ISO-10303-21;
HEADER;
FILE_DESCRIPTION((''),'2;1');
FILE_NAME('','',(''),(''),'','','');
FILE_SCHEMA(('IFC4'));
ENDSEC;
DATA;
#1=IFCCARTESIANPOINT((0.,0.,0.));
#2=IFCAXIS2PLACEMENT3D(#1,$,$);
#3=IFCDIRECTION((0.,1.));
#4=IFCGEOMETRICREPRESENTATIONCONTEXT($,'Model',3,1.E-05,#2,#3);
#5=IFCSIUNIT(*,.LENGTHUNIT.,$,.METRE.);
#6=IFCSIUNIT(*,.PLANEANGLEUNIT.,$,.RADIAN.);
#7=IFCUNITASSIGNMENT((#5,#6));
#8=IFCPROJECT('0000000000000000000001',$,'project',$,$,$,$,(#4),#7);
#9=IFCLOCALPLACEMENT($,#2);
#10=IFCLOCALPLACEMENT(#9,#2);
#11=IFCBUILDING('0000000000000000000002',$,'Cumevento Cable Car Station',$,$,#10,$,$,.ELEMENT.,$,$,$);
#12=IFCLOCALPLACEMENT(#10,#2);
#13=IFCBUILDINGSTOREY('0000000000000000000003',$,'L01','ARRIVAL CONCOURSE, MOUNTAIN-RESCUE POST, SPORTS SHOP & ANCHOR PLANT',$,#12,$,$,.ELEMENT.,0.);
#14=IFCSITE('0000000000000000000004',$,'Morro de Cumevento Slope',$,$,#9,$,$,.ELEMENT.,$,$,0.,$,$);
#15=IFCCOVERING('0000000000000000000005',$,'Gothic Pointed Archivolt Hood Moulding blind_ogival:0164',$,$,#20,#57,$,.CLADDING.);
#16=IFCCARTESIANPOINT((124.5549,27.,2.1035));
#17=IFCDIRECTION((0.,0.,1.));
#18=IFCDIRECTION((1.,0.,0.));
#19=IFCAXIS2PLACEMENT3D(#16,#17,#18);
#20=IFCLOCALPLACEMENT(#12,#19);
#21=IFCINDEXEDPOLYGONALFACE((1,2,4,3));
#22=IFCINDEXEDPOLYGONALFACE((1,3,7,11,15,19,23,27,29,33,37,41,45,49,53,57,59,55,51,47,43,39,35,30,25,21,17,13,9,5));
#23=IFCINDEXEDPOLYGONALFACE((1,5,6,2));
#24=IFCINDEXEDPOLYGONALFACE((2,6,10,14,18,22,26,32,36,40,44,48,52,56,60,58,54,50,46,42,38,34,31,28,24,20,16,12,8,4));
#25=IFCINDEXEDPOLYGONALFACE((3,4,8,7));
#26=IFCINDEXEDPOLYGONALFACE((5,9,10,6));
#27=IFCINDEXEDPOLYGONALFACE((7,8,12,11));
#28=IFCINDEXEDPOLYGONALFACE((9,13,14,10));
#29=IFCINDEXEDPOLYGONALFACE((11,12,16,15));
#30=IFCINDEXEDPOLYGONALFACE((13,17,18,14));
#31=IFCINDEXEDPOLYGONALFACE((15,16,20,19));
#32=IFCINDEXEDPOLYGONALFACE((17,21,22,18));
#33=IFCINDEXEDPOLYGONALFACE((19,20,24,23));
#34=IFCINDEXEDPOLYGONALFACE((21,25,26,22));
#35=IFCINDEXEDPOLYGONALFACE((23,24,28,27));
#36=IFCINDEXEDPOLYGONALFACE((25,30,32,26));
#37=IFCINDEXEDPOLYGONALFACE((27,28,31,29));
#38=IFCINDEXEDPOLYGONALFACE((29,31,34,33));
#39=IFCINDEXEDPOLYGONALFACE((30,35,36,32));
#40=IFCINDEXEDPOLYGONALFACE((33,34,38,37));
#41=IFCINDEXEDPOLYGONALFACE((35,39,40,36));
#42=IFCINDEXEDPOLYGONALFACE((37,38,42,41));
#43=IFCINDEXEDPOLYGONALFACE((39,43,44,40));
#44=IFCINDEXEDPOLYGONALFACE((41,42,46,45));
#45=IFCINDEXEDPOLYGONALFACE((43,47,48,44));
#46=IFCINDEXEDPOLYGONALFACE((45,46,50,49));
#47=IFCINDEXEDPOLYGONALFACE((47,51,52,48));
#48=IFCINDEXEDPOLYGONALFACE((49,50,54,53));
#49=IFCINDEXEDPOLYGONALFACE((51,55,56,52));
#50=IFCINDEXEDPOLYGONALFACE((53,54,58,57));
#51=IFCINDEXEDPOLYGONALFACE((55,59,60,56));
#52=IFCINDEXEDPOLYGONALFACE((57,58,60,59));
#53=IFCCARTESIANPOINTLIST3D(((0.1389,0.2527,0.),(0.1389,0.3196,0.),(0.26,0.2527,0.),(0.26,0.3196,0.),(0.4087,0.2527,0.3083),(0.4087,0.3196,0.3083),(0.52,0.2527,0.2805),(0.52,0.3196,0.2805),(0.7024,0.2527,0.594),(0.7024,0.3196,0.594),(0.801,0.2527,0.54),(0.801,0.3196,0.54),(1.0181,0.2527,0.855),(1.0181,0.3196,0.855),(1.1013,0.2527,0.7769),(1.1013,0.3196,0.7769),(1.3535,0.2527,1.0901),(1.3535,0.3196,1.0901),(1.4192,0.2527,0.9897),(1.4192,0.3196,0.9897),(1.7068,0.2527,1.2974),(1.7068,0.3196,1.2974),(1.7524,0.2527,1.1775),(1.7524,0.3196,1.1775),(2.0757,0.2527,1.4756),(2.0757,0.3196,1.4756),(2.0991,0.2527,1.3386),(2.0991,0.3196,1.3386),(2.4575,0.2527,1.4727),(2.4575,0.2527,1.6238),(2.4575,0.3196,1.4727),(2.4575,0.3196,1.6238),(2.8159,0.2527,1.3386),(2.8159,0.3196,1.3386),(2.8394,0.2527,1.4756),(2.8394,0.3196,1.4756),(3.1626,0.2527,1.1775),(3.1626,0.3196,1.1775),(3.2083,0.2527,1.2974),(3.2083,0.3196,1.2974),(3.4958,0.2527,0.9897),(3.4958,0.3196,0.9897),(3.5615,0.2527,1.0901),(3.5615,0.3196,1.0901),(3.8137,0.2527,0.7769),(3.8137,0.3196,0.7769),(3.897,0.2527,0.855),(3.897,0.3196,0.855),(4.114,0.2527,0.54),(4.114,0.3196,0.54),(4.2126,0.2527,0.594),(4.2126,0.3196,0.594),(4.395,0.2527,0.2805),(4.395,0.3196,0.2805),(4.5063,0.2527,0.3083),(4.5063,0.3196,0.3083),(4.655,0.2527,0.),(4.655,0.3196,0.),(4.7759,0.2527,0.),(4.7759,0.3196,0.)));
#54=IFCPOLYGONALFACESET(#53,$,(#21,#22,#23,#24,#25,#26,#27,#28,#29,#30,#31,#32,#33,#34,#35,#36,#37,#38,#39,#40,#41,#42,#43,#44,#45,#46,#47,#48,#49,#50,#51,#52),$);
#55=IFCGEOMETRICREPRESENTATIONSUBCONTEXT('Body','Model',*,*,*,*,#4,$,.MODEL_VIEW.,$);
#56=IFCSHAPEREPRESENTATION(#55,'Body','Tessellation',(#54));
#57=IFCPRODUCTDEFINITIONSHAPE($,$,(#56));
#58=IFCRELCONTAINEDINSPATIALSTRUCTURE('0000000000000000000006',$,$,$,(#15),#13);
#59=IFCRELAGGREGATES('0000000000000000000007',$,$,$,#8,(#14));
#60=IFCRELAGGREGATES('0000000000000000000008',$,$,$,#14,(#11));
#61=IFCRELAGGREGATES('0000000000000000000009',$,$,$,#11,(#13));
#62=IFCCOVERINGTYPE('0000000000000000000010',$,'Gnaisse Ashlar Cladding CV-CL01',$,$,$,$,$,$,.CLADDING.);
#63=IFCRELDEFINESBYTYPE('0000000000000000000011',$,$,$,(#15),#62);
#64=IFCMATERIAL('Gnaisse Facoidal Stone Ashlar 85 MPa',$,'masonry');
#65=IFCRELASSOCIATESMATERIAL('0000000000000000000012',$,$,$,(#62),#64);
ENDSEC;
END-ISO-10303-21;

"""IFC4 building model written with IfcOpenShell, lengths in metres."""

from ifc_helpers import new_model, si_unit, direction, frame, origin, place, context, subcontext, project, spatial, polyline, outline, extrude, material, type_object, element, save


model = new_model("IFC4")

# Units and contexts
model_context = context("Model", 3, precision=1e-05, world=origin(), true_north=direction((0.0, 1.0)))
body_context = subcontext(model_context, "Body", "Model", "MODEL_VIEW")
ifc_project = project(units=[si_unit("LENGTHUNIT", "METRE"), si_unit("PLANEANGLEUNIT", "RADIAN")], contexts=[model_context])

# Site, building, storey
site_placement = place(None, origin())
site = spatial("IfcSite", under=ifc_project, at=site_placement, Name="Morro de Cumevento Slope", CompositionType="ELEMENT", RefElevation=0.0)
building_placement = place(site_placement, origin())
building = spatial("IfcBuilding", under=site, at=building_placement, Name="Cumevento Cable Car Station", CompositionType="ELEMENT")
storey_placement = place(building_placement, origin())
storey = spatial("IfcBuildingStorey", under=building, at=storey_placement, Name="L01", Description="ARRIVAL CONCOURSE, MOUNTAIN-RESCUE POST, SPORTS SHOP & ANCHOR PLANT", CompositionType="ELEMENT", Elevation=0.0)

# Covering
ifc_material_1 = material(Name="Gnaisse Facoidal Stone Ashlar 85 MPa", Category="masonry")
covering_type = type_object("IfcCoveringType", Name="Gnaisse Ashlar Cladding CV-CL01", PredefinedType="CLADDING", material=ifc_material_1)
covering_1_placement = place(storey_placement, frame((124.5549, 27.0, 2.1035), z_axis=(0.0, 0.0, 1.0), x_axis=(1.0, 0.0, 0.0)))
element("IfcCovering", 1, at=covering_1_placement, inside=storey, type_object=covering_type, Name="Gothic Pointed Archivolt Hood Moulding blind_ogival:0164", PredefinedType="CLADDING", context=body_context, shape_type="SweptSolid", body=[
    extrude(outline(polyline([(0.26, 0.0), (0.52, 0.2805), (0.801, 0.54), (1.1013, 0.7769), (1.4192, 0.9897), (1.7524, 1.1775), (2.0991, 1.3386), (2.4575, 1.4727), (2.8159, 1.3386), (3.1626, 1.1775), (3.4958, 0.9897), (3.8137, 0.7769), (4.114, 0.54), (4.395, 0.2805), (4.655, 0.0), (4.7759, 0.0), (4.5063, 0.3083), (4.2126, 0.594), (3.897, 0.855), (3.5615, 1.0901), (3.2083, 1.2974), (2.8394, 1.4756), (2.4575, 1.6238), (2.0757, 1.4756), (1.7068, 1.2974), (1.3535, 1.0901), (1.0181, 0.855), (0.7024, 0.594), (0.4087, 0.3083), (0.1389, 0.0), (0.26, 0.0)])), frame((0.0, 0.3196, 0.0), z_axis=(0.0, -1.0, 0.0), x_axis=(1.0, 0.0, 0.0)), (0.0, 0.0, 1.0), 0.0669),
])

save(model, "model.ifc")
